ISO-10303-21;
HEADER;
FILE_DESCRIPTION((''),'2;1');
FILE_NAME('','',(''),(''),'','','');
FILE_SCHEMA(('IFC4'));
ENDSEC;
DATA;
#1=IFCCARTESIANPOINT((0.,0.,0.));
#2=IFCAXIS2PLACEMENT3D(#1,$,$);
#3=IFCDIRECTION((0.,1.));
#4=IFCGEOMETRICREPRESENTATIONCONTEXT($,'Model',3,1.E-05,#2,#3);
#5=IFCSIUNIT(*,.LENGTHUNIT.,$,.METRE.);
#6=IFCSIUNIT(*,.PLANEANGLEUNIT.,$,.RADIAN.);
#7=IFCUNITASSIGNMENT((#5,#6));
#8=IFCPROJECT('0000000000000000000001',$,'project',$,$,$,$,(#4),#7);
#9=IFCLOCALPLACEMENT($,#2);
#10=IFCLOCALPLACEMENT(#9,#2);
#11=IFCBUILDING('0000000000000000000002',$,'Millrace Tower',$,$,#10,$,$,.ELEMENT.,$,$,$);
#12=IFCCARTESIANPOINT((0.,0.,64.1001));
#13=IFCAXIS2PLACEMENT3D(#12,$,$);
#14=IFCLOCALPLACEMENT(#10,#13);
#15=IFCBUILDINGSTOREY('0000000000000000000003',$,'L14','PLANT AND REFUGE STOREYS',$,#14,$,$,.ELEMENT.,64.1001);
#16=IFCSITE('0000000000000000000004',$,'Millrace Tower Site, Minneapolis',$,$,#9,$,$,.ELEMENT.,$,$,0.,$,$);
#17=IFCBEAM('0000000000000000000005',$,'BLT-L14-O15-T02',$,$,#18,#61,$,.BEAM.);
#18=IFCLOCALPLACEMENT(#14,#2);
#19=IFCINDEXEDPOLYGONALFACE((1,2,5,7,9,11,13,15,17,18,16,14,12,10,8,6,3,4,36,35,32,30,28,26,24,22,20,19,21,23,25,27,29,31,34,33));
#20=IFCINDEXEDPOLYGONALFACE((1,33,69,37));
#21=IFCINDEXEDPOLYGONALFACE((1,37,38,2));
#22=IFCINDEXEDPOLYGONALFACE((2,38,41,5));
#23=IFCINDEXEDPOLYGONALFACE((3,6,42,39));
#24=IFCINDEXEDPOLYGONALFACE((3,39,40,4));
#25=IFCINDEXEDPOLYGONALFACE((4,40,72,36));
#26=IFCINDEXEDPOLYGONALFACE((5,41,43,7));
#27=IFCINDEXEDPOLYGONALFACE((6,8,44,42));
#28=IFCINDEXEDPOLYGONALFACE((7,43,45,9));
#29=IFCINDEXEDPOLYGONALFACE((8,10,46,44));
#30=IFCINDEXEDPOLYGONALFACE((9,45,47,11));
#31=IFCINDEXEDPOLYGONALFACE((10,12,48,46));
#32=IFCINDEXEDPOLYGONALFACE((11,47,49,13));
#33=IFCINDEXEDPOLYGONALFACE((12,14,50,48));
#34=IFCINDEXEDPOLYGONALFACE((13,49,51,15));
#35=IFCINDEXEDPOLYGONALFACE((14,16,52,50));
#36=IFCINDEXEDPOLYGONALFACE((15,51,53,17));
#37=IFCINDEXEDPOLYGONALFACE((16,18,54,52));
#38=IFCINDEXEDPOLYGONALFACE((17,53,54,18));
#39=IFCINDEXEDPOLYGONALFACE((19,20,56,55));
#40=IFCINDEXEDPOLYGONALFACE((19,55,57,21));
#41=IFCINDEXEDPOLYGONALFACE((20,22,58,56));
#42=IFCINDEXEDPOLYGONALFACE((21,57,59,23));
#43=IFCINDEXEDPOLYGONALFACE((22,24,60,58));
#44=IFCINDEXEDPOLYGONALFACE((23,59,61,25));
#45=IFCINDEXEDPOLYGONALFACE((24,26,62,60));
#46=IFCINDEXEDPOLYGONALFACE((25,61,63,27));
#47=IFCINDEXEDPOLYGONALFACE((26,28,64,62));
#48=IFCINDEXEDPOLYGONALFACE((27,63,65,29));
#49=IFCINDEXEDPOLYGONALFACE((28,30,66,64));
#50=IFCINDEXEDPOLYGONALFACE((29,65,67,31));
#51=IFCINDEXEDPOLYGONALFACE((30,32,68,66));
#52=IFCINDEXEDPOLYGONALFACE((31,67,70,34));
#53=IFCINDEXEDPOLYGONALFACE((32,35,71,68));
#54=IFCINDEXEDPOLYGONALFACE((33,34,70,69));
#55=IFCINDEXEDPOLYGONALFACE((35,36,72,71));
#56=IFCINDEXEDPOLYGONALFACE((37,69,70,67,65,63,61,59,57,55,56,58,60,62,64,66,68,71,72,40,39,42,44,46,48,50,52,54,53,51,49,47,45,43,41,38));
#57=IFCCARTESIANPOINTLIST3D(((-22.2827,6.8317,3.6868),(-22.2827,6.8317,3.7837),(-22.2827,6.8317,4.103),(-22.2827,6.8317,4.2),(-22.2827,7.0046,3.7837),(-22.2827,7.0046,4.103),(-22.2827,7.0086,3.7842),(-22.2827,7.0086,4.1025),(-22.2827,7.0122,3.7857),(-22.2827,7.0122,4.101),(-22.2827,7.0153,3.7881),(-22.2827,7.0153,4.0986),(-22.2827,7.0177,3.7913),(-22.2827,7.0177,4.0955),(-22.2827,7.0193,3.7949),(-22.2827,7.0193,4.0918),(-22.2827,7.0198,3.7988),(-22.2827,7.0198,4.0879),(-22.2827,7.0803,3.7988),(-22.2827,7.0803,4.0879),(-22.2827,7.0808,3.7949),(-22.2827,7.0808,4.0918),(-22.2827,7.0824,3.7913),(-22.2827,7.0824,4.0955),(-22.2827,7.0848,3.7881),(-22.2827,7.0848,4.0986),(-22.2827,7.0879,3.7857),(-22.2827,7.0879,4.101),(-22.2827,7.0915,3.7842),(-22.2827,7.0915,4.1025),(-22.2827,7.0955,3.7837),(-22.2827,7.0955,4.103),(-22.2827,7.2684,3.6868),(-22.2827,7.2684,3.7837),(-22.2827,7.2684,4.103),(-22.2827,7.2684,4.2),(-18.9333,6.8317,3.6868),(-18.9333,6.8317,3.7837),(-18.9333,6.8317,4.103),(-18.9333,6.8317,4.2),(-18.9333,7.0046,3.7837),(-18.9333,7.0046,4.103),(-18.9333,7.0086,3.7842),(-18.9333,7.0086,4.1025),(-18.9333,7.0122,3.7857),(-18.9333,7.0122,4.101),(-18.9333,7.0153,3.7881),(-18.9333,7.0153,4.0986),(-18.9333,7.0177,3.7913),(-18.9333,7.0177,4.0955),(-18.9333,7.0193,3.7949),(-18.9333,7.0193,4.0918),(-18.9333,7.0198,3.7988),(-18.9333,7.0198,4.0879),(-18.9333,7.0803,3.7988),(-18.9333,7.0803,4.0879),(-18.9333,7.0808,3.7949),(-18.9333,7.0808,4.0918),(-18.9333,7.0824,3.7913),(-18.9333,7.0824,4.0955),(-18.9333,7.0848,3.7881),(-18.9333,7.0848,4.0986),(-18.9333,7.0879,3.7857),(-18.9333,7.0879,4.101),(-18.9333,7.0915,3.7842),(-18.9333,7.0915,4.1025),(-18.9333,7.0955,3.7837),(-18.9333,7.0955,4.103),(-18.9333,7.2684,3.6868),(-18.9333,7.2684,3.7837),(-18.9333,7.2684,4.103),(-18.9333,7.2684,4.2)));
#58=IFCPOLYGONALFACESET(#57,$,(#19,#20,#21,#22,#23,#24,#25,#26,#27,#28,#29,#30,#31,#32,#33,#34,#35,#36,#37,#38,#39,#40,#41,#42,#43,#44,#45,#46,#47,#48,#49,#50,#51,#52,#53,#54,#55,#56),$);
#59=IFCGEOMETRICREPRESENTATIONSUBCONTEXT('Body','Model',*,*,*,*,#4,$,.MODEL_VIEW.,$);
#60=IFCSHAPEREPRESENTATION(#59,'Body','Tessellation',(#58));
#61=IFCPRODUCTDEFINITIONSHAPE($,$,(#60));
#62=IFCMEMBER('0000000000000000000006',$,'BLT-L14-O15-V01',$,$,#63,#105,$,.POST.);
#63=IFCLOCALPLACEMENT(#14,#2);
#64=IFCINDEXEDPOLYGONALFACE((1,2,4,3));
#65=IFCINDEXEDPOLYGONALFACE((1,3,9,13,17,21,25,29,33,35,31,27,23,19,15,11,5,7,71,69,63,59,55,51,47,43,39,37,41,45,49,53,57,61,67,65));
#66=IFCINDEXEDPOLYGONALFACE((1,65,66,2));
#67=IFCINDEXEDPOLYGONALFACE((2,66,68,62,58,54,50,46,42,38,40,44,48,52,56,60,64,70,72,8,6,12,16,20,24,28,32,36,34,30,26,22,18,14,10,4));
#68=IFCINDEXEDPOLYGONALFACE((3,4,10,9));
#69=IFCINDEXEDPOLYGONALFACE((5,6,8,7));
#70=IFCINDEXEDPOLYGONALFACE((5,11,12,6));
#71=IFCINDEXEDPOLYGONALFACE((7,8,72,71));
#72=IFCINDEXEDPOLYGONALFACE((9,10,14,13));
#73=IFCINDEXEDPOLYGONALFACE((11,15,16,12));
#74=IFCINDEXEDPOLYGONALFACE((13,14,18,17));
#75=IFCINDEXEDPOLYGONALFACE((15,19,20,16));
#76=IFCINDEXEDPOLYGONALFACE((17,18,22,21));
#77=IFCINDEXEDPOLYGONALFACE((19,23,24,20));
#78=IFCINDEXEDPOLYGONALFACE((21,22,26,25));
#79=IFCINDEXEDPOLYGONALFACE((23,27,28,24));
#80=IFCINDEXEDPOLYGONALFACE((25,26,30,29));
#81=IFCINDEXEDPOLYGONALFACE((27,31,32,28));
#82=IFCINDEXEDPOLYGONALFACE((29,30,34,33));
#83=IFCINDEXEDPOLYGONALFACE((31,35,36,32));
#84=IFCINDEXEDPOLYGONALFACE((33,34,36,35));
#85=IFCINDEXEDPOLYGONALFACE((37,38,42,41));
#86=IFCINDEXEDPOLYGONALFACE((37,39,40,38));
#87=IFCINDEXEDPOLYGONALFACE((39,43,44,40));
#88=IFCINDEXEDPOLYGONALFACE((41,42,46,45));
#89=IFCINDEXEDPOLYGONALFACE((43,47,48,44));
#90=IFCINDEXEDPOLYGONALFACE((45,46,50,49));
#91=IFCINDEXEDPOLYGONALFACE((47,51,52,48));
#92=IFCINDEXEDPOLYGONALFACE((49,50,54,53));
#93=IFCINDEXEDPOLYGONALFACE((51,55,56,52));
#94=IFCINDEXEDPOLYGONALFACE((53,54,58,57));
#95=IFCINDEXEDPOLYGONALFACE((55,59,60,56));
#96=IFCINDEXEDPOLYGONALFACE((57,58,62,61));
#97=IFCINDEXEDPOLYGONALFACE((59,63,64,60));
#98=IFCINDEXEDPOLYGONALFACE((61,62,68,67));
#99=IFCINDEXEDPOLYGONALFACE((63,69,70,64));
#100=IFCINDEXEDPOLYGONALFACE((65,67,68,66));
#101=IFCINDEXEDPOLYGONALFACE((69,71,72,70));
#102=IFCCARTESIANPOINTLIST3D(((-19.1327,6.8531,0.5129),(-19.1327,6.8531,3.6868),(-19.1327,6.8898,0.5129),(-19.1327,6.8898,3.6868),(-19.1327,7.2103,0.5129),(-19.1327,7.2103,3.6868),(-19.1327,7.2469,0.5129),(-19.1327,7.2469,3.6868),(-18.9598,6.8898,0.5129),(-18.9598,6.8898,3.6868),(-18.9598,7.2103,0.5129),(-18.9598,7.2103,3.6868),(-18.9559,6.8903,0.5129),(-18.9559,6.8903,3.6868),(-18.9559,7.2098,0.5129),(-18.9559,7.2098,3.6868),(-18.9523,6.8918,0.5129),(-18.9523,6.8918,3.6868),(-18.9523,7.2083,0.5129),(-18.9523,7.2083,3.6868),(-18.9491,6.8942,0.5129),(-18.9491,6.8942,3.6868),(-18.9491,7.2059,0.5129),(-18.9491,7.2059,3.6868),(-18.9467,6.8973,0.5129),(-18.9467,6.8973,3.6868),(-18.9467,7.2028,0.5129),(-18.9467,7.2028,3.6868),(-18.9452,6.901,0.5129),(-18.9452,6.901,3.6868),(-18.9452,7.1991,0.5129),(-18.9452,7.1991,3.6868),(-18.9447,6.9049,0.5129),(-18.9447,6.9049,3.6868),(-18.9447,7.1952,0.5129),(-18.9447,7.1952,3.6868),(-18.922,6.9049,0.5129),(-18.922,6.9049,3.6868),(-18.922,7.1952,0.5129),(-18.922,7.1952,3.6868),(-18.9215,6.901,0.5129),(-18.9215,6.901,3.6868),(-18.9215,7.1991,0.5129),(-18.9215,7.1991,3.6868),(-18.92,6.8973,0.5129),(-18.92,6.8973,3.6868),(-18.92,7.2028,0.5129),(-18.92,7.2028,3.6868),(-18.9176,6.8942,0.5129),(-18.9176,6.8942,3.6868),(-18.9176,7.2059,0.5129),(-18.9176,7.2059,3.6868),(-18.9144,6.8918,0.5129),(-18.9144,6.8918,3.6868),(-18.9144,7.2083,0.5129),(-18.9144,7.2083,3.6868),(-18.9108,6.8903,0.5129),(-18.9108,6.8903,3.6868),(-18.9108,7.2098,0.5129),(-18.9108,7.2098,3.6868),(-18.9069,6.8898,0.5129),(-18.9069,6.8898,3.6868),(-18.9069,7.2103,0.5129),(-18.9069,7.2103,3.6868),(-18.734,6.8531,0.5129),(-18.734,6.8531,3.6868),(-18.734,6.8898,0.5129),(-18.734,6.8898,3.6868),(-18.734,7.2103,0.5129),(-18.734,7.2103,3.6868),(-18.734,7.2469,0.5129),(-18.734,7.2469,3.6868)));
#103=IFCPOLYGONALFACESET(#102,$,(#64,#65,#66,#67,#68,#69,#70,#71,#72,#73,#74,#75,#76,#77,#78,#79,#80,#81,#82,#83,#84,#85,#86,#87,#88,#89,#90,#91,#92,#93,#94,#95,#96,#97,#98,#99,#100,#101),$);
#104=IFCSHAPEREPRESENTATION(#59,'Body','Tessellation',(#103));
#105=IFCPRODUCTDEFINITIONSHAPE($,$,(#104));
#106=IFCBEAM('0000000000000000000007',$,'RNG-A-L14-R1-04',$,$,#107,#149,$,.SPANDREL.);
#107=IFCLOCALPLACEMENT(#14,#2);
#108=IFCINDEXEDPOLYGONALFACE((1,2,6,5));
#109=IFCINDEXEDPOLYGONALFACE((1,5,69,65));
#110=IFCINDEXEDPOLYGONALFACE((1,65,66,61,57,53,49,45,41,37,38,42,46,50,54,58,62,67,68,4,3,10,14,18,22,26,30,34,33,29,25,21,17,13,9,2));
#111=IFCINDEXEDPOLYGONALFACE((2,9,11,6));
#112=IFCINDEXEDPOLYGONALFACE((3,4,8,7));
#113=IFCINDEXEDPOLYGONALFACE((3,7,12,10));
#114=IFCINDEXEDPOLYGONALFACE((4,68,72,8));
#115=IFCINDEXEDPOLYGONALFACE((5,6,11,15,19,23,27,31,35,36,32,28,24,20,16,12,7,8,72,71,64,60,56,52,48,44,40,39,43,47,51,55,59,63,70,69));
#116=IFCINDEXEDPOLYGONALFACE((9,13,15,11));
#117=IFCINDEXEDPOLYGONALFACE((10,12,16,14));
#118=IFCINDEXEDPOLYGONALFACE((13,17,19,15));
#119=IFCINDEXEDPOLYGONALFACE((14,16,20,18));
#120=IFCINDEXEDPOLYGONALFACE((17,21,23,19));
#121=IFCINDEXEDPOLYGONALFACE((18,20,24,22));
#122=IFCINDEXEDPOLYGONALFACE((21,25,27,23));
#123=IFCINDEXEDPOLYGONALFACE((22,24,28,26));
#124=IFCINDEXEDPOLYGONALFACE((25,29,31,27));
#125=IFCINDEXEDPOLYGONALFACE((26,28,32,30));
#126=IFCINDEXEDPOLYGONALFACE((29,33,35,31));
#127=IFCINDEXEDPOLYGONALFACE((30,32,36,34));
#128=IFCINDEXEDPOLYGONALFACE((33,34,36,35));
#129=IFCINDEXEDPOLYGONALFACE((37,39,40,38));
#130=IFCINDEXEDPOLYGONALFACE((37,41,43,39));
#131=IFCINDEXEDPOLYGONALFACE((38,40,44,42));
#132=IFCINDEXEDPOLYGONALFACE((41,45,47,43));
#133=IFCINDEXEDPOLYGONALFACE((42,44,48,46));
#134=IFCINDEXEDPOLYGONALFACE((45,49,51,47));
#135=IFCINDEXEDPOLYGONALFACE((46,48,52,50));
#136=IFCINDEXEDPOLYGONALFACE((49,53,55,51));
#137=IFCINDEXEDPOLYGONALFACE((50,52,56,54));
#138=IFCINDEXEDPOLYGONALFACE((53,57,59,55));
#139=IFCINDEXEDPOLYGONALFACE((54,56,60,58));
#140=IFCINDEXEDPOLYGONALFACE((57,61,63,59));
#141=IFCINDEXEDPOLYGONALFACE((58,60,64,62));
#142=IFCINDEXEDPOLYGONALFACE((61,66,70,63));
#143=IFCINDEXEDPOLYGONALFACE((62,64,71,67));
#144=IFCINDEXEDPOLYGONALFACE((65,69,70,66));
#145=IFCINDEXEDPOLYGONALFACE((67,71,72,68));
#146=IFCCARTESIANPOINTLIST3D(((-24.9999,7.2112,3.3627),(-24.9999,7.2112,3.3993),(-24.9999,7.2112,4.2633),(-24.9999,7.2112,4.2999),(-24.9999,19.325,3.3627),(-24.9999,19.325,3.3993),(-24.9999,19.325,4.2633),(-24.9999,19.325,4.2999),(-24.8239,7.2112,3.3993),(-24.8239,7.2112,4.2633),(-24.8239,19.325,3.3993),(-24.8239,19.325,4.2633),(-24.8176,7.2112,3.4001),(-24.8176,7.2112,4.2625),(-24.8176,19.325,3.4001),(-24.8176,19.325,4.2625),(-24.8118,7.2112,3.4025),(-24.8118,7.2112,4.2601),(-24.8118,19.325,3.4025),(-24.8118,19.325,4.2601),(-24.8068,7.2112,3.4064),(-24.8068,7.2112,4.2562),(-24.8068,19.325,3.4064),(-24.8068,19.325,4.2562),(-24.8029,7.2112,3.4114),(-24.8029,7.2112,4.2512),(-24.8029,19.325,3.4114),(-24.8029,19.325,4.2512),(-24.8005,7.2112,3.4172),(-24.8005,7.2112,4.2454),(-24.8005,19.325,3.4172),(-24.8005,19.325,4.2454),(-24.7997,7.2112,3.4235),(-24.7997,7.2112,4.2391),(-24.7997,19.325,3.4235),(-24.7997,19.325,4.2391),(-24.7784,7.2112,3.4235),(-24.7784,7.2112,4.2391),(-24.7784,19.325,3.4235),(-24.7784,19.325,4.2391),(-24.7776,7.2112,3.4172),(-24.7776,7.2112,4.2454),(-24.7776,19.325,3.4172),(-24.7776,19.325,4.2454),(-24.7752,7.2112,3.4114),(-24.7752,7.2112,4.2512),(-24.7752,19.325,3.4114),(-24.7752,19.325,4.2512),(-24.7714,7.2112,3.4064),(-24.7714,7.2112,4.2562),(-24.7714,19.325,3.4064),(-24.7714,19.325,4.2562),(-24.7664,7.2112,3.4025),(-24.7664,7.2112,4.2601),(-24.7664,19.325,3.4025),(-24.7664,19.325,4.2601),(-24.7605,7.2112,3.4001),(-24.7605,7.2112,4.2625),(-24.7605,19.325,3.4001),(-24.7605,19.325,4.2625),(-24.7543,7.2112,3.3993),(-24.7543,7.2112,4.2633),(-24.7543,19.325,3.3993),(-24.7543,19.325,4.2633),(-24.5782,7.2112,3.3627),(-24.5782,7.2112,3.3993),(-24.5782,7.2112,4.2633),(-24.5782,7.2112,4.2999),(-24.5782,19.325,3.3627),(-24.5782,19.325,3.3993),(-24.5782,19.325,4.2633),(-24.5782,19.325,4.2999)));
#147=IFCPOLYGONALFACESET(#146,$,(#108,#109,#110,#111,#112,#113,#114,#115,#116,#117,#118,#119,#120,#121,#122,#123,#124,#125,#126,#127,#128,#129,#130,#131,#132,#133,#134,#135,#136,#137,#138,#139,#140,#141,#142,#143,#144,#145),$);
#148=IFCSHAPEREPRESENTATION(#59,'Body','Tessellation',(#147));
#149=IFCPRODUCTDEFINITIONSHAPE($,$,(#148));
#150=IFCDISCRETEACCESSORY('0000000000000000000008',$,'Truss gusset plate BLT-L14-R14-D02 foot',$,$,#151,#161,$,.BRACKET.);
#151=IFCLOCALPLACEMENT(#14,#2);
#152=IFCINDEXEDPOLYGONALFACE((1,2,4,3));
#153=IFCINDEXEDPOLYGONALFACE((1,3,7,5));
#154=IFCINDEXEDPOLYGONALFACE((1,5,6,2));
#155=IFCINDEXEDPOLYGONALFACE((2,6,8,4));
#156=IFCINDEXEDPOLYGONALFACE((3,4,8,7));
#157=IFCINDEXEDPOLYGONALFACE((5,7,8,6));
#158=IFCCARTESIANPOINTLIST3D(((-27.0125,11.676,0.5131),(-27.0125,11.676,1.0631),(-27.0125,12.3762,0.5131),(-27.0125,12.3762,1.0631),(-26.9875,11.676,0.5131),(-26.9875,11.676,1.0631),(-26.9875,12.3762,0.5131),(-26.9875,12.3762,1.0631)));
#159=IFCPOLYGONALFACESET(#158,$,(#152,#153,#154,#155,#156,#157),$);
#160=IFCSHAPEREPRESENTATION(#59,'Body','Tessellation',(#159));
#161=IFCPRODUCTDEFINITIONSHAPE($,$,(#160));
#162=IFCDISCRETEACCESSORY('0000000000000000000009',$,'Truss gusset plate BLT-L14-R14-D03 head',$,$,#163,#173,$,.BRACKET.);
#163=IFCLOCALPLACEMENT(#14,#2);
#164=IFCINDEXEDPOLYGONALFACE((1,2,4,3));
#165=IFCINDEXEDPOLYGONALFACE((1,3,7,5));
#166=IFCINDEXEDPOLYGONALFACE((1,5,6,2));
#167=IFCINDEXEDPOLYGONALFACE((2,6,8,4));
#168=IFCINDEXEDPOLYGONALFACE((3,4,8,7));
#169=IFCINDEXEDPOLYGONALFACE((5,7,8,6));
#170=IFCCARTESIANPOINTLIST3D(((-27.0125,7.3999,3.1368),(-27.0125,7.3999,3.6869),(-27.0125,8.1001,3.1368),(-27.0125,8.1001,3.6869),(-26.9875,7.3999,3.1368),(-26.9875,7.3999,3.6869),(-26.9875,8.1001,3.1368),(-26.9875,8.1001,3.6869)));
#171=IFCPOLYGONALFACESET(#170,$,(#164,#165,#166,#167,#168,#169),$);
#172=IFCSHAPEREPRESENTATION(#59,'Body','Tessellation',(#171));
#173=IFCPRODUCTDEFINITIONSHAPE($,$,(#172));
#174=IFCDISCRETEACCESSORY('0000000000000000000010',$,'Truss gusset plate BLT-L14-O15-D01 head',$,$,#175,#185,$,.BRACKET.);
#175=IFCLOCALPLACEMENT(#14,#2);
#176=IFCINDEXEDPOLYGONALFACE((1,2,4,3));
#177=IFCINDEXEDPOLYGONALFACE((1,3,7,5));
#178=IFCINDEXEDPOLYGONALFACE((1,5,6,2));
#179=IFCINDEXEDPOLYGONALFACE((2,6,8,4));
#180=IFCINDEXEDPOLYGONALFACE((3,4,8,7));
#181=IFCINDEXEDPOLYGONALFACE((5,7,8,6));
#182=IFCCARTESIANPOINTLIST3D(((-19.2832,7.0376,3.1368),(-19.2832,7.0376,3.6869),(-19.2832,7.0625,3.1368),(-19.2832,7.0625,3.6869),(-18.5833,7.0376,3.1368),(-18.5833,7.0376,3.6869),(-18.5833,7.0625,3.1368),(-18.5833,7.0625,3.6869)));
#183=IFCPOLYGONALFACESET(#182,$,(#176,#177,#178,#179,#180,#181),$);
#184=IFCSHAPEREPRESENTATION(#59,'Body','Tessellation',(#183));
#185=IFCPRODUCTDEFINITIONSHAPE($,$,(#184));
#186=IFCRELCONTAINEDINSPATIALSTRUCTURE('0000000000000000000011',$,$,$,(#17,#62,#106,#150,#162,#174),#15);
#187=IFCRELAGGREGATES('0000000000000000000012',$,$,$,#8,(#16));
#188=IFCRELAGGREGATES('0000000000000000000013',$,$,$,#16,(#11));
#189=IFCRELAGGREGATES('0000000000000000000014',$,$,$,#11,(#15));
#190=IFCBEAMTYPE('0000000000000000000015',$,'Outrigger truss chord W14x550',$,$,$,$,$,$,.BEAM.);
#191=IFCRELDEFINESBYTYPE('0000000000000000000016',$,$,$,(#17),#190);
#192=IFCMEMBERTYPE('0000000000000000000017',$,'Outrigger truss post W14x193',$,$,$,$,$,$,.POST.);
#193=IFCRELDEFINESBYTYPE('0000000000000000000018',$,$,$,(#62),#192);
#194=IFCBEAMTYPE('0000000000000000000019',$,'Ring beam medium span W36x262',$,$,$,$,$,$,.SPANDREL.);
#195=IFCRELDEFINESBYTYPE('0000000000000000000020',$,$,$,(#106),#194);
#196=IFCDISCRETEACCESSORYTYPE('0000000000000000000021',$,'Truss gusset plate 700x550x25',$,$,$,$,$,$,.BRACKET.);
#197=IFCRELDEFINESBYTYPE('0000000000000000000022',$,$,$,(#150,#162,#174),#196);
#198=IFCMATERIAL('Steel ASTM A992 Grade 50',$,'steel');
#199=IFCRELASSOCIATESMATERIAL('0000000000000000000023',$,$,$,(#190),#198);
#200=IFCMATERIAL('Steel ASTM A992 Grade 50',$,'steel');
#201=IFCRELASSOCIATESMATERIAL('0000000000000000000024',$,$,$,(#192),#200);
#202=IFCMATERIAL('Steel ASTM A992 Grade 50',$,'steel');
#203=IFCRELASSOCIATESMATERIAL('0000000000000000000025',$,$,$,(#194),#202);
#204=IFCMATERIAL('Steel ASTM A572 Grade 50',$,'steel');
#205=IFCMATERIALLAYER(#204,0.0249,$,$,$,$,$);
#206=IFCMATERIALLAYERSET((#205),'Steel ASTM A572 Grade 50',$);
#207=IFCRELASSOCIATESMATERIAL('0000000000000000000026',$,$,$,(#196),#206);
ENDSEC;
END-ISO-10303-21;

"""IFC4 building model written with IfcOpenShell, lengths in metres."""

from ifc_helpers import new_model, si_unit, direction, frame, origin, origin_2d, place, context, subcontext, project, spatial, rectangle, i_section, extrude, material, layer, layer_set, material_profile, profile_set, type_object, element, save


model = new_model("IFC4")

# Units and contexts
model_context = context("Model", 3, precision=1e-05, world=origin(), true_north=direction((0.0, 1.0)))
body_context = subcontext(model_context, "Body", "Model", "MODEL_VIEW")
ifc_project = project(units=[si_unit("LENGTHUNIT", "METRE"), si_unit("PLANEANGLEUNIT", "RADIAN")], contexts=[model_context])

# Site, building, storey
site_placement = place(None, origin())
site = spatial("IfcSite", under=ifc_project, at=site_placement, Name="Millrace Tower Site, Minneapolis", CompositionType="ELEMENT", RefElevation=0.0)
building_placement = place(site_placement, origin())
building = spatial("IfcBuilding", under=site, at=building_placement, Name="Millrace Tower", CompositionType="ELEMENT")
storey_placement = place(building_placement, frame((0.0, 0.0, 64.1001)))
storey = spatial("IfcBuildingStorey", under=building, at=storey_placement, Name="L14", Description="PLANT AND REFUGE STOREYS", CompositionType="ELEMENT", Elevation=64.1001)

# Beam
ifc_material_1 = material(Name="Steel ASTM A992 Grade 50", Category="steel")
ifc_material_profile_1 = material_profile(ifc_material_1, i_section(OverallWidth=0.4368, OverallDepth=0.5132, WebThickness=0.0605, FlangeThickness=0.0969, FilletRadius=0.0151, at=origin_2d()))
ifc_profile_set_1 = profile_set([ifc_material_profile_1], Name="Steel ASTM A992 Grade 50")
beam_type_1 = type_object("IfcBeamType", Name="Outrigger truss chord W14x550", PredefinedType="BEAM", material=ifc_profile_set_1)
beam_1_placement = place(storey_placement, frame((-18.9333, 7.05, 3.9434), z_axis=(-1.0, 0.0, 0.0), x_axis=(0.0, -1.0, 0.0)))
element("IfcBeam", 1, at=beam_1_placement, inside=storey, type_object=beam_type_1, Name="BLT-L14-O15-T02", PredefinedType="BEAM", context=body_context, shape_type="SweptSolid", body=[
    extrude(i_section(OverallWidth=0.4368, OverallDepth=0.5132, WebThickness=0.0605, FlangeThickness=0.0969, FilletRadius=0.0151, at=origin_2d()), origin(), (0.0, 0.0, 1.0), 3.3494),
])

# Member
ifc_material_2 = material(Name="Steel ASTM A992 Grade 50", Category="steel")
ifc_material_profile_2 = material_profile(ifc_material_2, i_section(OverallWidth=0.3987, OverallDepth=0.3938, WebThickness=0.0227, FlangeThickness=0.0366, FilletRadius=0.0151, at=origin_2d()))
ifc_profile_set_2 = profile_set([ifc_material_profile_2], Name="Steel ASTM A992 Grade 50")
member_type_1 = type_object("IfcMemberType", Name="Outrigger truss post W14x193", PredefinedType="POST", material=ifc_profile_set_2)
member_1_placement = place(storey_placement, frame((-18.9333, 7.05, 0.5129), z_axis=(0.0, 0.0, 1.0), x_axis=(1.0, 0.0, 0.0)))
element("IfcMember", 2, at=member_1_placement, inside=storey, type_object=member_type_1, Name="BLT-L14-O15-V01", PredefinedType="POST", context=body_context, shape_type="SweptSolid", body=[
    extrude(i_section(OverallWidth=0.3987, OverallDepth=0.3938, WebThickness=0.0227, FlangeThickness=0.0366, FilletRadius=0.0151, at=origin_2d()), origin(), (0.0, 0.0, 1.0), 3.1738),
])

# Beam
ifc_material_3 = material(Name="Steel ASTM A992 Grade 50", Category="steel")
ifc_material_profile_3 = material_profile(ifc_material_3, i_section(OverallWidth=0.4216, OverallDepth=0.9373, WebThickness=0.0212, FlangeThickness=0.0366, FilletRadius=0.0242, at=origin_2d()))
ifc_profile_set_3 = profile_set([ifc_material_profile_3], Name="Steel ASTM A992 Grade 50")
beam_type_2 = type_object("IfcBeamType", Name="Ring beam medium span W36x262", PredefinedType="SPANDREL", material=ifc_profile_set_3)
beam_2_placement = place(storey_placement, frame((-24.7891, 7.2112, 3.8313), z_axis=(0.0, 1.0, 0.0), x_axis=(-1.0, 0.0, 0.0)))
element("IfcBeam", 3, at=beam_2_placement, inside=storey, type_object=beam_type_2, Name="RNG-A-L14-R1-04", PredefinedType="SPANDREL", context=body_context, shape_type="SweptSolid", body=[
    extrude(i_section(OverallWidth=0.4216, OverallDepth=0.9373, WebThickness=0.0212, FlangeThickness=0.0366, FilletRadius=0.0242, at=origin_2d()), origin(), (0.0, 0.0, 1.0), 12.1138),
])

# Discrete accessories
ifc_material_4 = material(Name="Steel ASTM A572 Grade 50", Category="steel")
ifc_layer_1 = layer(ifc_material_4, 0.0249)
ifc_layer_set_1 = layer_set([ifc_layer_1], Name="Steel ASTM A572 Grade 50")
discrete_accessory_type = type_object("IfcDiscreteAccessoryType", Name="Truss gusset plate 700x550x25", PredefinedType="BRACKET", material=ifc_layer_set_1)
for number, where, z_axis, x_axis, name in (
    (4, (-27.0, 11.676, 0.7881), (0.0, 1.0, 0.0), (-1.0, 0.0, 0.0), "Truss gusset plate BLT-L14-R14-D02 foot"),
    (5, (-27.0, 7.3999, 3.4119), (0.0, 1.0, 0.0), (-1.0, 0.0, 0.0), "Truss gusset plate BLT-L14-R14-D03 head"),
):
    element("IfcDiscreteAccessory", number, at=place(storey_placement, frame(where, z_axis=z_axis, x_axis=x_axis)), inside=storey, type_object=discrete_accessory_type, Name=name, PredefinedType="BRACKET", context=body_context, shape_type="SweptSolid", body=[
        extrude(rectangle(XDim=0.0249, YDim=0.55, at=origin_2d()), origin(), (0.0, 0.0, 1.0), 0.7002),
    ])
discrete_accessory_placement = place(storey_placement, frame((-19.2832, 7.05, 3.4119), z_axis=(1.0, 0.0, 0.0), x_axis=(0.0, 1.0, 0.0)))
element("IfcDiscreteAccessory", 6, at=discrete_accessory_placement, inside=storey, type_object=discrete_accessory_type, Name="Truss gusset plate BLT-L14-O15-D01 head", PredefinedType="BRACKET", context=body_context, shape_type="SweptSolid", body=[
    extrude(rectangle(XDim=0.0249, YDim=0.55, at=origin_2d()), origin(), (0.0, 0.0, 1.0), 0.7),
])

save(model, "model.ifc")
